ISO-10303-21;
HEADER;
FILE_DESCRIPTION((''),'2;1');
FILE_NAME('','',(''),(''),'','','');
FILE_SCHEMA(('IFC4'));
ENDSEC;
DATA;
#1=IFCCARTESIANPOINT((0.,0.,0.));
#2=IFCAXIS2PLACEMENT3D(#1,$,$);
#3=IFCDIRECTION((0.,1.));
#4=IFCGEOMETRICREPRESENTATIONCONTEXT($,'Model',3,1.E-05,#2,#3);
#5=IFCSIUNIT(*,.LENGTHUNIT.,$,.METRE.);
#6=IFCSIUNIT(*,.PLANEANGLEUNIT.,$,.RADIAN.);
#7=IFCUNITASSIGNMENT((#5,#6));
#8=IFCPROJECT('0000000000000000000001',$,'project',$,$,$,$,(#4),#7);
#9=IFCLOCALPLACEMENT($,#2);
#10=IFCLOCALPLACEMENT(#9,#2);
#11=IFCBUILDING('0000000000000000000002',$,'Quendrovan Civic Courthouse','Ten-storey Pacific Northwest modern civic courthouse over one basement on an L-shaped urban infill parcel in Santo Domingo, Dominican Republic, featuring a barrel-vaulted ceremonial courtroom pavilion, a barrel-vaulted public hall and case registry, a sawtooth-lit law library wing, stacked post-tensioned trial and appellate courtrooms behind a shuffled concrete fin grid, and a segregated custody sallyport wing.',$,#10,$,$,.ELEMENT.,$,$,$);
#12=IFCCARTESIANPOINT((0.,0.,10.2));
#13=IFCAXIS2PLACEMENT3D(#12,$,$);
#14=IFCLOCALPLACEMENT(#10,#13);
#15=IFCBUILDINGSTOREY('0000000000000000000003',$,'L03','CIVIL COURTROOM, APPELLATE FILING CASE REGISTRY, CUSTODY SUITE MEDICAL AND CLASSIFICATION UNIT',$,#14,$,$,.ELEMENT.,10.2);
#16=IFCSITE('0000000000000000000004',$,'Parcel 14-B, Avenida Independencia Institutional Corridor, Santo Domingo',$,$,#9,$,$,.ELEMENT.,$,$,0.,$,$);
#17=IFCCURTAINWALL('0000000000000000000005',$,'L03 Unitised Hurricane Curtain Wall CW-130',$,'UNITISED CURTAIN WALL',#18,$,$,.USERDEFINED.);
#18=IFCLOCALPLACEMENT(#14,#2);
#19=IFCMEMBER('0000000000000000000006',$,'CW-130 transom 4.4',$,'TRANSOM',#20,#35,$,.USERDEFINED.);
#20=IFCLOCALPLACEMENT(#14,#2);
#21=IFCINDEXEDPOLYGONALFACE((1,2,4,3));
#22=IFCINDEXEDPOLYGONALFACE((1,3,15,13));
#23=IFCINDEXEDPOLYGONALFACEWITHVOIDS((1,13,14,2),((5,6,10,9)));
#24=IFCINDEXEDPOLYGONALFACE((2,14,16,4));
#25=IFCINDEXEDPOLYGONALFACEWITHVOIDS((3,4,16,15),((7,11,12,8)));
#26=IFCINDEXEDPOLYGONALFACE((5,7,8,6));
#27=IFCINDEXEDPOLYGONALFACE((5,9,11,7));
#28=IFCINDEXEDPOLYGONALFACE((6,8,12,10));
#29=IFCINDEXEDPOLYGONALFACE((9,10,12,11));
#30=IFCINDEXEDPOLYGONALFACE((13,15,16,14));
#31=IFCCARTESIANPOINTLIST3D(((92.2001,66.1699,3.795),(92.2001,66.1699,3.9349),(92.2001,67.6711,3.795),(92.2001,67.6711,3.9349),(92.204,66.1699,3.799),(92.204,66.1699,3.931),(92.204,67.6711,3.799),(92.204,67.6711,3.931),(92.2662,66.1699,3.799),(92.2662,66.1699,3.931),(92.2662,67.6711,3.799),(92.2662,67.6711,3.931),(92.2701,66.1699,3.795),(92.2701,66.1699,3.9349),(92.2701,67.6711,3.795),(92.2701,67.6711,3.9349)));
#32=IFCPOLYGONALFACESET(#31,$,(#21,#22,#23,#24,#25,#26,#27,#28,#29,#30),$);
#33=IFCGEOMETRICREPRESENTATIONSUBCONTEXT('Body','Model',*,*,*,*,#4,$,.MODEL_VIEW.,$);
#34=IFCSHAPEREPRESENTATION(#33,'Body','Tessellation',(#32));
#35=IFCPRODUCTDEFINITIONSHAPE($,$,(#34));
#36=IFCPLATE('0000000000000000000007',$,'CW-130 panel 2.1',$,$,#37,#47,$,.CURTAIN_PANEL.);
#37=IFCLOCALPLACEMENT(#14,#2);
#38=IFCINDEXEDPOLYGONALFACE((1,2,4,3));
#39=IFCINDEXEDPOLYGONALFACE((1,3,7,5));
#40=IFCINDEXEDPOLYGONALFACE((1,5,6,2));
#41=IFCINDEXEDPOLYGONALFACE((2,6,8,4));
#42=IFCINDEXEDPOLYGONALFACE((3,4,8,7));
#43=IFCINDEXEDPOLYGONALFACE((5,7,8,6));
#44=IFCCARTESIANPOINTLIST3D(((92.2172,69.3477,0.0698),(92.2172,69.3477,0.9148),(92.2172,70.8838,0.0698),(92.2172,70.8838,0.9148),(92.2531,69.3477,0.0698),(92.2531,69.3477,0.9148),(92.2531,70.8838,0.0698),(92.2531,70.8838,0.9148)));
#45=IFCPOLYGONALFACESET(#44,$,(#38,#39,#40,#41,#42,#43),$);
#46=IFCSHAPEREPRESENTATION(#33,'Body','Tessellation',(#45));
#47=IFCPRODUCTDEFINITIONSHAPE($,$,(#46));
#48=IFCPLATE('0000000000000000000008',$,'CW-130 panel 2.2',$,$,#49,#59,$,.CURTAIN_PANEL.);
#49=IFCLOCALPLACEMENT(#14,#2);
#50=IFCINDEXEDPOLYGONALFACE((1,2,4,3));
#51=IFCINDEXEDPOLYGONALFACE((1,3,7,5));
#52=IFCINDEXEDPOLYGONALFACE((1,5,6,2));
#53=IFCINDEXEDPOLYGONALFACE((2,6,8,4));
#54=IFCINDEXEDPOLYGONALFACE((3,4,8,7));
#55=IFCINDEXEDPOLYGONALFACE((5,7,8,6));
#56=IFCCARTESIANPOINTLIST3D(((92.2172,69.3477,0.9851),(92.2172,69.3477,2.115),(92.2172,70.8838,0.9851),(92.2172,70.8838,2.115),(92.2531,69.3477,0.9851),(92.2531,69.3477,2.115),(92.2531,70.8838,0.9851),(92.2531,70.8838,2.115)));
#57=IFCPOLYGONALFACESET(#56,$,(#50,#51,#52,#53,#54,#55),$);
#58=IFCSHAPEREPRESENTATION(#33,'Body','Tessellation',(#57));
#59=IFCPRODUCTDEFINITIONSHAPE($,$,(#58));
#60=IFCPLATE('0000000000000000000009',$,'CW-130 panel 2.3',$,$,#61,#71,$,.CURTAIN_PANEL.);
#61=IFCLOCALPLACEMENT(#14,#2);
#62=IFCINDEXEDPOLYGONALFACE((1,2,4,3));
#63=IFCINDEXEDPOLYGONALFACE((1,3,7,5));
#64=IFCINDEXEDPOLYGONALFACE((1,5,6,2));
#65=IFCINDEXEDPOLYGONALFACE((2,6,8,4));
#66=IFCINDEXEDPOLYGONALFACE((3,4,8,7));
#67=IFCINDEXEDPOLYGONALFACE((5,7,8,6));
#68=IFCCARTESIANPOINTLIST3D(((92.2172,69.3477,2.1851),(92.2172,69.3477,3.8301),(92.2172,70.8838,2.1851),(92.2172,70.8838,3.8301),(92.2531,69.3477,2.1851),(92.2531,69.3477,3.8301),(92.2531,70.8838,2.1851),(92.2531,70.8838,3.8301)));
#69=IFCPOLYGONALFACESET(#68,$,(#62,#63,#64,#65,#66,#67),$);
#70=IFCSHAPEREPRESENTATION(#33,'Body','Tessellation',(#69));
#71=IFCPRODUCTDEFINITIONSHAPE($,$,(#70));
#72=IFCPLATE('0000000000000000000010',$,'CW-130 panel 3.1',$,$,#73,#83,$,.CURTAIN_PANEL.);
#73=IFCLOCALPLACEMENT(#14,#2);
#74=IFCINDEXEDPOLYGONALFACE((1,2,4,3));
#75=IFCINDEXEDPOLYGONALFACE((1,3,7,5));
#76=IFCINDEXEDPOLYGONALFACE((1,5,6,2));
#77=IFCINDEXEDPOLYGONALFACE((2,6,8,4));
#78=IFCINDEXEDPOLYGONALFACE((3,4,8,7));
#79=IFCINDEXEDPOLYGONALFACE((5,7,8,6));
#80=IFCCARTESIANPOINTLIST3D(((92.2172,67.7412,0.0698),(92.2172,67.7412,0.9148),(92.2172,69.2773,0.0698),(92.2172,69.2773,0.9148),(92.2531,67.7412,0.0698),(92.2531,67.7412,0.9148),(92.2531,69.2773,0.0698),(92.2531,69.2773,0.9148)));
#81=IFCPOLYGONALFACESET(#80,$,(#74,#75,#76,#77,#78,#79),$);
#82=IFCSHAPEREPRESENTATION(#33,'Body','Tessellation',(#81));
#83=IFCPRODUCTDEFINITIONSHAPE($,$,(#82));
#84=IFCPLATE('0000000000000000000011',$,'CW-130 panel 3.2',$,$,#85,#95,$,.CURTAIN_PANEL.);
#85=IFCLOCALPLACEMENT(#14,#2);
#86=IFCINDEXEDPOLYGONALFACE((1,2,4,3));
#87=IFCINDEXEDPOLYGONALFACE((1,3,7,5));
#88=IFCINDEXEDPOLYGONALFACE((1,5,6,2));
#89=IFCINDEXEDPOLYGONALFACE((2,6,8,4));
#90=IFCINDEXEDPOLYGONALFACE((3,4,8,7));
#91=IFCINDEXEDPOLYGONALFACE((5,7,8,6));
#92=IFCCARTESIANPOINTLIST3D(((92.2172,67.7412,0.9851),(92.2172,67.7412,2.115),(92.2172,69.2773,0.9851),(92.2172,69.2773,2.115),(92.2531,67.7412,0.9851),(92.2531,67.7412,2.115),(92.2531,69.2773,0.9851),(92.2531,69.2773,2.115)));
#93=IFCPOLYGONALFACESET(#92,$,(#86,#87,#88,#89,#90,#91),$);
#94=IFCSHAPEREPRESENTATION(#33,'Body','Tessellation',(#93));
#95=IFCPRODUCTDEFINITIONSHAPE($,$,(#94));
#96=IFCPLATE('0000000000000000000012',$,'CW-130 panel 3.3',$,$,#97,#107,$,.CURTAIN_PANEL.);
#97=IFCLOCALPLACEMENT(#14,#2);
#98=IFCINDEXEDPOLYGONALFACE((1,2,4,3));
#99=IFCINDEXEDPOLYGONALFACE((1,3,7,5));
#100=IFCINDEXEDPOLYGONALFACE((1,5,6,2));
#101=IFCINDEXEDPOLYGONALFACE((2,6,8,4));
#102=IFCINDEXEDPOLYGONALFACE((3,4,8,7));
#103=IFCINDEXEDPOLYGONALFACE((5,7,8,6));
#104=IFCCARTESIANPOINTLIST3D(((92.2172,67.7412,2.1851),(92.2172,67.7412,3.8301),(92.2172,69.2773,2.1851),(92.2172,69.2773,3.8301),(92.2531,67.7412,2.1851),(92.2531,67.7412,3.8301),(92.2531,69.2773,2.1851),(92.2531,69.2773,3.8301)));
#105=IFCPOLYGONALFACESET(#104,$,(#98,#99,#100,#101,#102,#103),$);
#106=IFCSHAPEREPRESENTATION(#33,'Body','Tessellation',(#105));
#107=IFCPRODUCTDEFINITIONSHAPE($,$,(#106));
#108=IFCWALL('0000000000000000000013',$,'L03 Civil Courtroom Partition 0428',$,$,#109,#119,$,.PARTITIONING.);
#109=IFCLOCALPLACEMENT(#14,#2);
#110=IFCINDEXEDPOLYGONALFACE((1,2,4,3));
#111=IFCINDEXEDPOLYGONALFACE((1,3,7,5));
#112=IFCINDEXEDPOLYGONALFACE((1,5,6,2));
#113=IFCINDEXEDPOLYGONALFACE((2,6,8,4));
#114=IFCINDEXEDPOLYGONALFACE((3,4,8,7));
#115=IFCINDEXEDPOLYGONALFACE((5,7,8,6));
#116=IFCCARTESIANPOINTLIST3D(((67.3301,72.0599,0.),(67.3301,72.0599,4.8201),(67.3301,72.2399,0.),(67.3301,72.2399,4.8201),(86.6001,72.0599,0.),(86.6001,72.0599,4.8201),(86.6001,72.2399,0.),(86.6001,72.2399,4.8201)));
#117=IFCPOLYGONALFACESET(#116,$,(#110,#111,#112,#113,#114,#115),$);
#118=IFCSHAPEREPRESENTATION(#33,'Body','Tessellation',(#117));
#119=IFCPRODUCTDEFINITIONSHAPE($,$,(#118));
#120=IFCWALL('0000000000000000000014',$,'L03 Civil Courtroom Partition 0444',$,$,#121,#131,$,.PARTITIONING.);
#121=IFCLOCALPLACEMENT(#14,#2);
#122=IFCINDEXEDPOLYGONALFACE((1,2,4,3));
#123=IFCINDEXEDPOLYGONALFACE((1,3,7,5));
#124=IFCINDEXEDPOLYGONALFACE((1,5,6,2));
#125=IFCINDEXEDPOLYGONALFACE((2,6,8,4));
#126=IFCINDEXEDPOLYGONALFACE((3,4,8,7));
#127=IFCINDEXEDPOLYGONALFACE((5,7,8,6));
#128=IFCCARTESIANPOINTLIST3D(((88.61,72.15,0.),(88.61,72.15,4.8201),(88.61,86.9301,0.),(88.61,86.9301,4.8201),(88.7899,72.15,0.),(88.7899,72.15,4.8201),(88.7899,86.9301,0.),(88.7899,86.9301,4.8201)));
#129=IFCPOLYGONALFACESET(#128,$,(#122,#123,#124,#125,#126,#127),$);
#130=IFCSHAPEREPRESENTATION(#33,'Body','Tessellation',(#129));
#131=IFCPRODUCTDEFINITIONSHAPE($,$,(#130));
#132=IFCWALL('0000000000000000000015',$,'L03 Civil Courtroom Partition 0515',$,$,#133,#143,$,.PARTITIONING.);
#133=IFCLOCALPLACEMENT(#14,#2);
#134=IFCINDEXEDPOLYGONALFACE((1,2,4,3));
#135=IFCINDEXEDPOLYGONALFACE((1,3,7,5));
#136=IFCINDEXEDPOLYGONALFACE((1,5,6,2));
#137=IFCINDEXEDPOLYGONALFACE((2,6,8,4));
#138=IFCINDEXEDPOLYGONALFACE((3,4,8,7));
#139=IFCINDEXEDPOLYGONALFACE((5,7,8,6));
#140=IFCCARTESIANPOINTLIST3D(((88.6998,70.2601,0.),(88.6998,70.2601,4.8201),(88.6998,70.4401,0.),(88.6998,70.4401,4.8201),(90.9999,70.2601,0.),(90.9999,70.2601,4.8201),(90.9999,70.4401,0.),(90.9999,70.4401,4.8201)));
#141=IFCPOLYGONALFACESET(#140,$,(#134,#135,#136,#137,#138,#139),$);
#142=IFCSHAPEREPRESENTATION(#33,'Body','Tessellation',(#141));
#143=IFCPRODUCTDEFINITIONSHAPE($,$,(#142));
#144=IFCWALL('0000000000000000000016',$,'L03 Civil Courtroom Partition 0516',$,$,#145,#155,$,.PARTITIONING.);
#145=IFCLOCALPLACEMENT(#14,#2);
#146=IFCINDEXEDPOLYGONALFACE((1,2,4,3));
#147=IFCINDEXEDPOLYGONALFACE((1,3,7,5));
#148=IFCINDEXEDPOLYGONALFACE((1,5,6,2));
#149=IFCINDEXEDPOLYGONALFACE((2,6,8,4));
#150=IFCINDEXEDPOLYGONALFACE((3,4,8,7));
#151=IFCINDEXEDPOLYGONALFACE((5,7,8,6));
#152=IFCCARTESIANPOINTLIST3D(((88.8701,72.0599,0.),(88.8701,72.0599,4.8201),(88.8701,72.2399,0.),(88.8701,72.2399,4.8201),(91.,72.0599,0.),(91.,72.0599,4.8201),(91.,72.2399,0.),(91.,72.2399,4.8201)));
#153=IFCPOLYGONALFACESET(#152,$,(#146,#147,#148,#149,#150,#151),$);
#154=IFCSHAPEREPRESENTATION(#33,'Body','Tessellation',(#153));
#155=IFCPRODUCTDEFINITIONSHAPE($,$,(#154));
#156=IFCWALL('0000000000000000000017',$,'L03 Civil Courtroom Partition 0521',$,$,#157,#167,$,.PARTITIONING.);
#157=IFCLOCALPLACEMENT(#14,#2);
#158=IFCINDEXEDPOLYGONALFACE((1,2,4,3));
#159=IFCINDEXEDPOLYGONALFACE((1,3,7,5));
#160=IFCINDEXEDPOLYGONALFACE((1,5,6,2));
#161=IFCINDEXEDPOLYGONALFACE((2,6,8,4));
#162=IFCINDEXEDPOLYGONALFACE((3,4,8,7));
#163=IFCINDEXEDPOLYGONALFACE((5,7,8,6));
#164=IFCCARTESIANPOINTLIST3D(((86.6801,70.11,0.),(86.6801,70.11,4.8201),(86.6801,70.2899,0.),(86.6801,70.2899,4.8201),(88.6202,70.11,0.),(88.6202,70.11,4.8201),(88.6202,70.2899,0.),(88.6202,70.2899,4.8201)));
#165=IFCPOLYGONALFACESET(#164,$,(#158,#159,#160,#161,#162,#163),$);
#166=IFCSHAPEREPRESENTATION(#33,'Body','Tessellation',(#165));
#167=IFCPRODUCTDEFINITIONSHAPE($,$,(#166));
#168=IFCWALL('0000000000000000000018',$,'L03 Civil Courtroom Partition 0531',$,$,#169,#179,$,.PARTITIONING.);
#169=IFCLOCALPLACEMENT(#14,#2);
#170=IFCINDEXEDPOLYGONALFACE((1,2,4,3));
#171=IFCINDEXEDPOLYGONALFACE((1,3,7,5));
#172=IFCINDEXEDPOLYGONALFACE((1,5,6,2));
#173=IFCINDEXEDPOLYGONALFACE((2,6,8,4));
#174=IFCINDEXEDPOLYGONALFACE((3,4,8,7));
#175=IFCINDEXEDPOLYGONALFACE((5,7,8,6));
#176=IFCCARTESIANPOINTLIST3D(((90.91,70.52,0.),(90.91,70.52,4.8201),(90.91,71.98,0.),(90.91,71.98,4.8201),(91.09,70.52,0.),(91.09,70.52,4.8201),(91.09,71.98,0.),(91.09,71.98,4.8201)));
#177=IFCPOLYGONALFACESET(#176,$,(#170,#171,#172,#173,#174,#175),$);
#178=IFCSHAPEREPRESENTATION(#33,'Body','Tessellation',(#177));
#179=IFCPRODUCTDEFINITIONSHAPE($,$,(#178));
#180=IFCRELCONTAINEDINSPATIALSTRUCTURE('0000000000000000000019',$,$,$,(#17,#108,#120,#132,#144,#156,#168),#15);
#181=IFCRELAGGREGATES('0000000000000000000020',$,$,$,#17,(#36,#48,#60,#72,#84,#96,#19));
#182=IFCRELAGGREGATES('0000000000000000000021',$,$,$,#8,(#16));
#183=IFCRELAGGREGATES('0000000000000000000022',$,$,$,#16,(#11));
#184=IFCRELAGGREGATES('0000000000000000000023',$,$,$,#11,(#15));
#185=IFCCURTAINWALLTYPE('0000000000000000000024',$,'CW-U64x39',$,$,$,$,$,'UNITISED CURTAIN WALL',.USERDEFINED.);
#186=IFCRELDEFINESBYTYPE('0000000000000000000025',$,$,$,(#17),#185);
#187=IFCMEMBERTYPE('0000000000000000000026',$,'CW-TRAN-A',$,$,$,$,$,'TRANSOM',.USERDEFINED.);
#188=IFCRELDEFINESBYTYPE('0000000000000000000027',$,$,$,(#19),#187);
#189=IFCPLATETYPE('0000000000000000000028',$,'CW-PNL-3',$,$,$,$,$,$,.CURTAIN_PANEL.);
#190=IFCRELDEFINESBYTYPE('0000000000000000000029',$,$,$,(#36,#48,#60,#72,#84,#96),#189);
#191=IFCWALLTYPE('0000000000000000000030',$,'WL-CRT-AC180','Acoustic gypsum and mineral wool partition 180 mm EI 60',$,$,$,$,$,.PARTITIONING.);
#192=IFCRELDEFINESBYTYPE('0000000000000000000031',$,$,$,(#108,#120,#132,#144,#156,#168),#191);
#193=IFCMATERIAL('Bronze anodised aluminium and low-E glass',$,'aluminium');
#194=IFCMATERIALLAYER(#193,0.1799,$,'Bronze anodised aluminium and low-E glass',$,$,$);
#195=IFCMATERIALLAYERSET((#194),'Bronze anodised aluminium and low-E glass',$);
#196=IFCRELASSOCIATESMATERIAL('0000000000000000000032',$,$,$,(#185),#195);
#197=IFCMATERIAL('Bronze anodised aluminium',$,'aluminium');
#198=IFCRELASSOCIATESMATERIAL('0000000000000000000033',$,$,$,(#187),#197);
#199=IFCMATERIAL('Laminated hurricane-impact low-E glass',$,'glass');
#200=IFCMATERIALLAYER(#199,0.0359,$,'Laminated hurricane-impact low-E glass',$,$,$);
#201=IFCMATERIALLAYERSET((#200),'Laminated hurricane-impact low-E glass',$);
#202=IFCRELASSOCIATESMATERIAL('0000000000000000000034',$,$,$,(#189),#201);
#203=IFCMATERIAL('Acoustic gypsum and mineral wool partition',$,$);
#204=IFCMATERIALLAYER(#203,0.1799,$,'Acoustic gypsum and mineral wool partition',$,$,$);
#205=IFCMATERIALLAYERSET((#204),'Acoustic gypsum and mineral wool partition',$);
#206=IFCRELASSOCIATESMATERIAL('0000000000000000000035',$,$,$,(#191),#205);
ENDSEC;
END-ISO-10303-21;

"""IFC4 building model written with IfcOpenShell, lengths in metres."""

from ifc_helpers import new_model, si_unit, direction, frame, frame_2d, origin, origin_2d, place, context, subcontext, project, spatial, rectangle, hollow_rectangle, extrude, material, layer, layer_set, material_profile, profile_set, type_object, element, aggregate, save


model = new_model("IFC4")

# Units and contexts
model_context = context("Model", 3, precision=1e-05, world=origin(), true_north=direction((0.0, 1.0)))
body_context = subcontext(model_context, "Body", "Model", "MODEL_VIEW")
ifc_project = project(units=[si_unit("LENGTHUNIT", "METRE"), si_unit("PLANEANGLEUNIT", "RADIAN")], contexts=[model_context])

# Site, building, storey
site_placement = place(None, origin())
site = spatial("IfcSite", under=ifc_project, at=site_placement, Name="Parcel 14-B, Avenida Independencia Institutional Corridor, Santo Domingo", CompositionType="ELEMENT", RefElevation=0.0)
building_placement = place(site_placement, origin())
building = spatial("IfcBuilding", under=site, at=building_placement, Name="Quendrovan Civic Courthouse", Description="Ten-storey Pacific Northwest modern civic courthouse over one basement on an L-shaped urban infill parcel in Santo Domingo, Dominican Republic, featuring a barrel-vaulted ceremonial courtroom pavilion, a barrel-vaulted public hall and case registry, a sawtooth-lit law library wing, stacked post-tensioned trial and appellate courtrooms behind a shuffled concrete fin grid, and a segregated custody sallyport wing.", CompositionType="ELEMENT")
storey_placement = place(building_placement, frame((0.0, 0.0, 10.2)))
storey = spatial("IfcBuildingStorey", under=building, at=storey_placement, Name="L03", Description="CIVIL COURTROOM, APPELLATE FILING CASE REGISTRY, CUSTODY SUITE MEDICAL AND CLASSIFICATION UNIT", CompositionType="ELEMENT", Elevation=10.2)

# Curtain wall, member, plates
ifc_material_1 = material(Name="Bronze anodised aluminium and low-E glass", Category="aluminium")
ifc_layer_1 = layer(ifc_material_1, 0.1799, Name="Bronze anodised aluminium and low-E glass")
ifc_layer_set_1 = layer_set([ifc_layer_1], Name="Bronze anodised aluminium and low-E glass")
curtain_wall_type = type_object("IfcCurtainWallType", Name="CW-U64x39", ElementType="UNITISED CURTAIN WALL", PredefinedType="USERDEFINED", material=ifc_layer_set_1)
curtain_wall_placement = place(storey_placement, origin())
curtain_wall = element("IfcCurtainWall", 1, at=curtain_wall_placement, inside=storey, type_object=curtain_wall_type, Name="L03 Unitised Hurricane Curtain Wall CW-130", ObjectType="UNITISED CURTAIN WALL", PredefinedType="USERDEFINED")
ifc_material_2 = material(Name="Bronze anodised aluminium", Category="aluminium")
ifc_material_profile_1 = material_profile(ifc_material_2, hollow_rectangle(XDim=0.0701, YDim=0.1399, WallThickness=0.0039, at=origin_2d()), Name="CW-TRAN-70x140")
ifc_profile_set_1 = profile_set([ifc_material_profile_1], Name="Bronze anodised aluminium")
member_type_1 = type_object("IfcMemberType", Name="CW-TRAN-A", ElementType="TRANSOM", PredefinedType="USERDEFINED", material=ifc_profile_set_1)
member_1_placement = place(storey_placement, frame((92.2351, 67.6711, 3.865), z_axis=(0.0, -1.0, 0.0), x_axis=(1.0, 0.0, 0.0)))
member_1 = element("IfcMember", 2, at=member_1_placement, type_object=member_type_1, Name="CW-130 transom 4.4", ObjectType="TRANSOM", PredefinedType="USERDEFINED", context=body_context, shape_type="SweptSolid", body=[
    extrude(hollow_rectangle(XDim=0.0701, YDim=0.1399, WallThickness=0.0039, at=origin_2d()), origin(), (0.0, 0.0, 1.0), 1.5012),
])
ifc_material_3 = material(Name="Laminated hurricane-impact low-E glass", Category="glass")
ifc_layer_2 = layer(ifc_material_3, 0.0359, Name="Laminated hurricane-impact low-E glass")
ifc_layer_set_2 = layer_set([ifc_layer_2], Name="Laminated hurricane-impact low-E glass")
plate_type = type_object("IfcPlateType", Name="CW-PNL-3", PredefinedType="CURTAIN_PANEL", material=ifc_layer_set_2)
plate_1_placement = place(storey_placement, frame((92.2351, 70.1157, 0.0698), z_axis=(0.0, 0.0, 1.0), x_axis=(0.0, -1.0, 0.0)))
plate_1 = element("IfcPlate", 3, at=plate_1_placement, type_object=plate_type, Name="CW-130 panel 2.1", PredefinedType="CURTAIN_PANEL", context=body_context, shape_type="SweptSolid", body=[
    extrude(rectangle(XDim=1.5361, YDim=0.0359, at=origin_2d()), origin(), (0.0, 0.0, 1.0), 0.845),
])
plate_2_placement = place(storey_placement, frame((92.2351, 70.1157, 0.9851), z_axis=(0.0, 0.0, 1.0), x_axis=(0.0, -1.0, 0.0)))
plate_2 = element("IfcPlate", 4, at=plate_2_placement, type_object=plate_type, Name="CW-130 panel 2.2", PredefinedType="CURTAIN_PANEL", context=body_context, shape_type="SweptSolid", body=[
    extrude(rectangle(XDim=1.5361, YDim=0.0359, at=origin_2d()), origin(), (0.0, 0.0, 1.0), 1.1299),
])
plate_3_placement = place(storey_placement, frame((92.2351, 70.1157, 2.1851), z_axis=(0.0, 0.0, 1.0), x_axis=(0.0, -1.0, 0.0)))
plate_3 = element("IfcPlate", 5, at=plate_3_placement, type_object=plate_type, Name="CW-130 panel 2.3", PredefinedType="CURTAIN_PANEL", context=body_context, shape_type="SweptSolid", body=[
    extrude(rectangle(XDim=1.5361, YDim=0.0359, at=origin_2d()), origin(), (0.0, 0.0, 1.0), 1.645),
])
plate_4_placement = place(storey_placement, frame((92.2351, 68.5093, 0.0698), z_axis=(0.0, 0.0, 1.0), x_axis=(0.0, -1.0, 0.0)))
plate_4 = element("IfcPlate", 6, at=plate_4_placement, type_object=plate_type, Name="CW-130 panel 3.1", PredefinedType="CURTAIN_PANEL", context=body_context, shape_type="SweptSolid", body=[
    extrude(rectangle(XDim=1.5361, YDim=0.0359, at=origin_2d()), origin(), (0.0, 0.0, 1.0), 0.845),
])
plate_5_placement = place(storey_placement, frame((92.2351, 68.5093, 0.9851), z_axis=(0.0, 0.0, 1.0), x_axis=(0.0, -1.0, 0.0)))
plate_5 = element("IfcPlate", 7, at=plate_5_placement, type_object=plate_type, Name="CW-130 panel 3.2", PredefinedType="CURTAIN_PANEL", context=body_context, shape_type="SweptSolid", body=[
    extrude(rectangle(XDim=1.5361, YDim=0.0359, at=origin_2d()), origin(), (0.0, 0.0, 1.0), 1.1299),
])
plate_6_placement = place(storey_placement, frame((92.2351, 68.5093, 2.1851), z_axis=(0.0, 0.0, 1.0), x_axis=(0.0, -1.0, 0.0)))
plate_6 = element("IfcPlate", 8, at=plate_6_placement, type_object=plate_type, Name="CW-130 panel 3.3", PredefinedType="CURTAIN_PANEL", context=body_context, shape_type="SweptSolid", body=[
    extrude(rectangle(XDim=1.5361, YDim=0.0359, at=origin_2d()), origin(), (0.0, 0.0, 1.0), 1.645),
])
aggregate(curtain_wall, [plate_1, plate_2, plate_3, plate_4, plate_5, plate_6, member_1])

# Walls
ifc_material_4 = material(Name="Acoustic gypsum and mineral wool partition")
ifc_layer_3 = layer(ifc_material_4, 0.1799, Name="Acoustic gypsum and mineral wool partition")
ifc_layer_set_3 = layer_set([ifc_layer_3], Name="Acoustic gypsum and mineral wool partition")
wall_type = type_object("IfcWallType", Name="WL-CRT-AC180", Description="Acoustic gypsum and mineral wool partition 180 mm EI 60", PredefinedType="PARTITIONING", material=ifc_layer_set_3)
wall_1_placement = place(storey_placement, frame((86.6001, 72.1499, 0.0), z_axis=(0.0, 0.0, 1.0), x_axis=(-1.0, 0.0, 0.0)))
element("IfcWall", 9, at=wall_1_placement, inside=storey, type_object=wall_type, Name="L03 Civil Courtroom Partition 0428", PredefinedType="PARTITIONING", context=body_context, shape_type="SweptSolid", body=[
    extrude(rectangle(XDim=19.27, YDim=0.1799, at=frame_2d((9.635, 0.0))), origin(), (0.0, 0.0, 1.0), 4.8201),
])
wall_2_placement = place(storey_placement, frame((88.7, 72.1499, 0.0), z_axis=(0.0, 0.0, 1.0), x_axis=(0.0, 1.0, 0.0)))
element("IfcWall", 10, at=wall_2_placement, inside=storey, type_object=wall_type, Name="L03 Civil Courtroom Partition 0444", PredefinedType="PARTITIONING", context=body_context, shape_type="SweptSolid", body=[
    extrude(rectangle(XDim=14.78, YDim=0.1799, at=frame_2d((7.3901, 0.0))), origin(), (0.0, 0.0, 1.0), 4.8201),
])
wall_3_placement = place(storey_placement, frame((88.7, 70.3501, 0.0), z_axis=(0.0, 0.0, 1.0), x_axis=(1.0, 0.0, 0.0)))
element("IfcWall", 11, at=wall_3_placement, inside=storey, type_object=wall_type, Name="L03 Civil Courtroom Partition 0515", PredefinedType="PARTITIONING", context=body_context, shape_type="SweptSolid", body=[
    extrude(rectangle(XDim=2.3, YDim=0.1799, at=frame_2d((1.1499, 0.0))), origin(), (0.0, 0.0, 1.0), 4.8201),
])
wall_4_placement = place(storey_placement, frame((91.0, 72.1499, 0.0), z_axis=(0.0, 0.0, 1.0), x_axis=(-1.0, 0.0, 0.0)))
element("IfcWall", 12, at=wall_4_placement, inside=storey, type_object=wall_type, Name="L03 Civil Courtroom Partition 0516", PredefinedType="PARTITIONING", context=body_context, shape_type="SweptSolid", body=[
    extrude(rectangle(XDim=2.1299, YDim=0.1799, at=frame_2d((1.0649, 0.0))), origin(), (0.0, 0.0, 1.0), 4.8201),
])
wall_5_placement = place(storey_placement, frame((86.6799, 70.2, 0.0), z_axis=(0.0, 0.0, 1.0), x_axis=(1.0, 0.0, 0.0)))
element("IfcWall", 13, at=wall_5_placement, inside=storey, type_object=wall_type, Name="L03 Civil Courtroom Partition 0521", PredefinedType="PARTITIONING", context=body_context, shape_type="SweptSolid", body=[
    extrude(rectangle(XDim=1.9402, YDim=0.1799, at=frame_2d((0.9702, 0.0))), origin(), (0.0, 0.0, 1.0), 4.8201),
])
wall_6_placement = place(storey_placement, frame((91.0, 70.52, 0.0), z_axis=(0.0, 0.0, 1.0), x_axis=(0.0, 1.0, 0.0)))
element("IfcWall", 14, at=wall_6_placement, inside=storey, type_object=wall_type, Name="L03 Civil Courtroom Partition 0531", PredefinedType="PARTITIONING", context=body_context, shape_type="SweptSolid", body=[
    extrude(rectangle(XDim=1.46, YDim=0.1799, at=frame_2d((0.73, 0.0))), origin(), (0.0, 0.0, 1.0), 4.8201),
])

save(model, "model.ifc")
